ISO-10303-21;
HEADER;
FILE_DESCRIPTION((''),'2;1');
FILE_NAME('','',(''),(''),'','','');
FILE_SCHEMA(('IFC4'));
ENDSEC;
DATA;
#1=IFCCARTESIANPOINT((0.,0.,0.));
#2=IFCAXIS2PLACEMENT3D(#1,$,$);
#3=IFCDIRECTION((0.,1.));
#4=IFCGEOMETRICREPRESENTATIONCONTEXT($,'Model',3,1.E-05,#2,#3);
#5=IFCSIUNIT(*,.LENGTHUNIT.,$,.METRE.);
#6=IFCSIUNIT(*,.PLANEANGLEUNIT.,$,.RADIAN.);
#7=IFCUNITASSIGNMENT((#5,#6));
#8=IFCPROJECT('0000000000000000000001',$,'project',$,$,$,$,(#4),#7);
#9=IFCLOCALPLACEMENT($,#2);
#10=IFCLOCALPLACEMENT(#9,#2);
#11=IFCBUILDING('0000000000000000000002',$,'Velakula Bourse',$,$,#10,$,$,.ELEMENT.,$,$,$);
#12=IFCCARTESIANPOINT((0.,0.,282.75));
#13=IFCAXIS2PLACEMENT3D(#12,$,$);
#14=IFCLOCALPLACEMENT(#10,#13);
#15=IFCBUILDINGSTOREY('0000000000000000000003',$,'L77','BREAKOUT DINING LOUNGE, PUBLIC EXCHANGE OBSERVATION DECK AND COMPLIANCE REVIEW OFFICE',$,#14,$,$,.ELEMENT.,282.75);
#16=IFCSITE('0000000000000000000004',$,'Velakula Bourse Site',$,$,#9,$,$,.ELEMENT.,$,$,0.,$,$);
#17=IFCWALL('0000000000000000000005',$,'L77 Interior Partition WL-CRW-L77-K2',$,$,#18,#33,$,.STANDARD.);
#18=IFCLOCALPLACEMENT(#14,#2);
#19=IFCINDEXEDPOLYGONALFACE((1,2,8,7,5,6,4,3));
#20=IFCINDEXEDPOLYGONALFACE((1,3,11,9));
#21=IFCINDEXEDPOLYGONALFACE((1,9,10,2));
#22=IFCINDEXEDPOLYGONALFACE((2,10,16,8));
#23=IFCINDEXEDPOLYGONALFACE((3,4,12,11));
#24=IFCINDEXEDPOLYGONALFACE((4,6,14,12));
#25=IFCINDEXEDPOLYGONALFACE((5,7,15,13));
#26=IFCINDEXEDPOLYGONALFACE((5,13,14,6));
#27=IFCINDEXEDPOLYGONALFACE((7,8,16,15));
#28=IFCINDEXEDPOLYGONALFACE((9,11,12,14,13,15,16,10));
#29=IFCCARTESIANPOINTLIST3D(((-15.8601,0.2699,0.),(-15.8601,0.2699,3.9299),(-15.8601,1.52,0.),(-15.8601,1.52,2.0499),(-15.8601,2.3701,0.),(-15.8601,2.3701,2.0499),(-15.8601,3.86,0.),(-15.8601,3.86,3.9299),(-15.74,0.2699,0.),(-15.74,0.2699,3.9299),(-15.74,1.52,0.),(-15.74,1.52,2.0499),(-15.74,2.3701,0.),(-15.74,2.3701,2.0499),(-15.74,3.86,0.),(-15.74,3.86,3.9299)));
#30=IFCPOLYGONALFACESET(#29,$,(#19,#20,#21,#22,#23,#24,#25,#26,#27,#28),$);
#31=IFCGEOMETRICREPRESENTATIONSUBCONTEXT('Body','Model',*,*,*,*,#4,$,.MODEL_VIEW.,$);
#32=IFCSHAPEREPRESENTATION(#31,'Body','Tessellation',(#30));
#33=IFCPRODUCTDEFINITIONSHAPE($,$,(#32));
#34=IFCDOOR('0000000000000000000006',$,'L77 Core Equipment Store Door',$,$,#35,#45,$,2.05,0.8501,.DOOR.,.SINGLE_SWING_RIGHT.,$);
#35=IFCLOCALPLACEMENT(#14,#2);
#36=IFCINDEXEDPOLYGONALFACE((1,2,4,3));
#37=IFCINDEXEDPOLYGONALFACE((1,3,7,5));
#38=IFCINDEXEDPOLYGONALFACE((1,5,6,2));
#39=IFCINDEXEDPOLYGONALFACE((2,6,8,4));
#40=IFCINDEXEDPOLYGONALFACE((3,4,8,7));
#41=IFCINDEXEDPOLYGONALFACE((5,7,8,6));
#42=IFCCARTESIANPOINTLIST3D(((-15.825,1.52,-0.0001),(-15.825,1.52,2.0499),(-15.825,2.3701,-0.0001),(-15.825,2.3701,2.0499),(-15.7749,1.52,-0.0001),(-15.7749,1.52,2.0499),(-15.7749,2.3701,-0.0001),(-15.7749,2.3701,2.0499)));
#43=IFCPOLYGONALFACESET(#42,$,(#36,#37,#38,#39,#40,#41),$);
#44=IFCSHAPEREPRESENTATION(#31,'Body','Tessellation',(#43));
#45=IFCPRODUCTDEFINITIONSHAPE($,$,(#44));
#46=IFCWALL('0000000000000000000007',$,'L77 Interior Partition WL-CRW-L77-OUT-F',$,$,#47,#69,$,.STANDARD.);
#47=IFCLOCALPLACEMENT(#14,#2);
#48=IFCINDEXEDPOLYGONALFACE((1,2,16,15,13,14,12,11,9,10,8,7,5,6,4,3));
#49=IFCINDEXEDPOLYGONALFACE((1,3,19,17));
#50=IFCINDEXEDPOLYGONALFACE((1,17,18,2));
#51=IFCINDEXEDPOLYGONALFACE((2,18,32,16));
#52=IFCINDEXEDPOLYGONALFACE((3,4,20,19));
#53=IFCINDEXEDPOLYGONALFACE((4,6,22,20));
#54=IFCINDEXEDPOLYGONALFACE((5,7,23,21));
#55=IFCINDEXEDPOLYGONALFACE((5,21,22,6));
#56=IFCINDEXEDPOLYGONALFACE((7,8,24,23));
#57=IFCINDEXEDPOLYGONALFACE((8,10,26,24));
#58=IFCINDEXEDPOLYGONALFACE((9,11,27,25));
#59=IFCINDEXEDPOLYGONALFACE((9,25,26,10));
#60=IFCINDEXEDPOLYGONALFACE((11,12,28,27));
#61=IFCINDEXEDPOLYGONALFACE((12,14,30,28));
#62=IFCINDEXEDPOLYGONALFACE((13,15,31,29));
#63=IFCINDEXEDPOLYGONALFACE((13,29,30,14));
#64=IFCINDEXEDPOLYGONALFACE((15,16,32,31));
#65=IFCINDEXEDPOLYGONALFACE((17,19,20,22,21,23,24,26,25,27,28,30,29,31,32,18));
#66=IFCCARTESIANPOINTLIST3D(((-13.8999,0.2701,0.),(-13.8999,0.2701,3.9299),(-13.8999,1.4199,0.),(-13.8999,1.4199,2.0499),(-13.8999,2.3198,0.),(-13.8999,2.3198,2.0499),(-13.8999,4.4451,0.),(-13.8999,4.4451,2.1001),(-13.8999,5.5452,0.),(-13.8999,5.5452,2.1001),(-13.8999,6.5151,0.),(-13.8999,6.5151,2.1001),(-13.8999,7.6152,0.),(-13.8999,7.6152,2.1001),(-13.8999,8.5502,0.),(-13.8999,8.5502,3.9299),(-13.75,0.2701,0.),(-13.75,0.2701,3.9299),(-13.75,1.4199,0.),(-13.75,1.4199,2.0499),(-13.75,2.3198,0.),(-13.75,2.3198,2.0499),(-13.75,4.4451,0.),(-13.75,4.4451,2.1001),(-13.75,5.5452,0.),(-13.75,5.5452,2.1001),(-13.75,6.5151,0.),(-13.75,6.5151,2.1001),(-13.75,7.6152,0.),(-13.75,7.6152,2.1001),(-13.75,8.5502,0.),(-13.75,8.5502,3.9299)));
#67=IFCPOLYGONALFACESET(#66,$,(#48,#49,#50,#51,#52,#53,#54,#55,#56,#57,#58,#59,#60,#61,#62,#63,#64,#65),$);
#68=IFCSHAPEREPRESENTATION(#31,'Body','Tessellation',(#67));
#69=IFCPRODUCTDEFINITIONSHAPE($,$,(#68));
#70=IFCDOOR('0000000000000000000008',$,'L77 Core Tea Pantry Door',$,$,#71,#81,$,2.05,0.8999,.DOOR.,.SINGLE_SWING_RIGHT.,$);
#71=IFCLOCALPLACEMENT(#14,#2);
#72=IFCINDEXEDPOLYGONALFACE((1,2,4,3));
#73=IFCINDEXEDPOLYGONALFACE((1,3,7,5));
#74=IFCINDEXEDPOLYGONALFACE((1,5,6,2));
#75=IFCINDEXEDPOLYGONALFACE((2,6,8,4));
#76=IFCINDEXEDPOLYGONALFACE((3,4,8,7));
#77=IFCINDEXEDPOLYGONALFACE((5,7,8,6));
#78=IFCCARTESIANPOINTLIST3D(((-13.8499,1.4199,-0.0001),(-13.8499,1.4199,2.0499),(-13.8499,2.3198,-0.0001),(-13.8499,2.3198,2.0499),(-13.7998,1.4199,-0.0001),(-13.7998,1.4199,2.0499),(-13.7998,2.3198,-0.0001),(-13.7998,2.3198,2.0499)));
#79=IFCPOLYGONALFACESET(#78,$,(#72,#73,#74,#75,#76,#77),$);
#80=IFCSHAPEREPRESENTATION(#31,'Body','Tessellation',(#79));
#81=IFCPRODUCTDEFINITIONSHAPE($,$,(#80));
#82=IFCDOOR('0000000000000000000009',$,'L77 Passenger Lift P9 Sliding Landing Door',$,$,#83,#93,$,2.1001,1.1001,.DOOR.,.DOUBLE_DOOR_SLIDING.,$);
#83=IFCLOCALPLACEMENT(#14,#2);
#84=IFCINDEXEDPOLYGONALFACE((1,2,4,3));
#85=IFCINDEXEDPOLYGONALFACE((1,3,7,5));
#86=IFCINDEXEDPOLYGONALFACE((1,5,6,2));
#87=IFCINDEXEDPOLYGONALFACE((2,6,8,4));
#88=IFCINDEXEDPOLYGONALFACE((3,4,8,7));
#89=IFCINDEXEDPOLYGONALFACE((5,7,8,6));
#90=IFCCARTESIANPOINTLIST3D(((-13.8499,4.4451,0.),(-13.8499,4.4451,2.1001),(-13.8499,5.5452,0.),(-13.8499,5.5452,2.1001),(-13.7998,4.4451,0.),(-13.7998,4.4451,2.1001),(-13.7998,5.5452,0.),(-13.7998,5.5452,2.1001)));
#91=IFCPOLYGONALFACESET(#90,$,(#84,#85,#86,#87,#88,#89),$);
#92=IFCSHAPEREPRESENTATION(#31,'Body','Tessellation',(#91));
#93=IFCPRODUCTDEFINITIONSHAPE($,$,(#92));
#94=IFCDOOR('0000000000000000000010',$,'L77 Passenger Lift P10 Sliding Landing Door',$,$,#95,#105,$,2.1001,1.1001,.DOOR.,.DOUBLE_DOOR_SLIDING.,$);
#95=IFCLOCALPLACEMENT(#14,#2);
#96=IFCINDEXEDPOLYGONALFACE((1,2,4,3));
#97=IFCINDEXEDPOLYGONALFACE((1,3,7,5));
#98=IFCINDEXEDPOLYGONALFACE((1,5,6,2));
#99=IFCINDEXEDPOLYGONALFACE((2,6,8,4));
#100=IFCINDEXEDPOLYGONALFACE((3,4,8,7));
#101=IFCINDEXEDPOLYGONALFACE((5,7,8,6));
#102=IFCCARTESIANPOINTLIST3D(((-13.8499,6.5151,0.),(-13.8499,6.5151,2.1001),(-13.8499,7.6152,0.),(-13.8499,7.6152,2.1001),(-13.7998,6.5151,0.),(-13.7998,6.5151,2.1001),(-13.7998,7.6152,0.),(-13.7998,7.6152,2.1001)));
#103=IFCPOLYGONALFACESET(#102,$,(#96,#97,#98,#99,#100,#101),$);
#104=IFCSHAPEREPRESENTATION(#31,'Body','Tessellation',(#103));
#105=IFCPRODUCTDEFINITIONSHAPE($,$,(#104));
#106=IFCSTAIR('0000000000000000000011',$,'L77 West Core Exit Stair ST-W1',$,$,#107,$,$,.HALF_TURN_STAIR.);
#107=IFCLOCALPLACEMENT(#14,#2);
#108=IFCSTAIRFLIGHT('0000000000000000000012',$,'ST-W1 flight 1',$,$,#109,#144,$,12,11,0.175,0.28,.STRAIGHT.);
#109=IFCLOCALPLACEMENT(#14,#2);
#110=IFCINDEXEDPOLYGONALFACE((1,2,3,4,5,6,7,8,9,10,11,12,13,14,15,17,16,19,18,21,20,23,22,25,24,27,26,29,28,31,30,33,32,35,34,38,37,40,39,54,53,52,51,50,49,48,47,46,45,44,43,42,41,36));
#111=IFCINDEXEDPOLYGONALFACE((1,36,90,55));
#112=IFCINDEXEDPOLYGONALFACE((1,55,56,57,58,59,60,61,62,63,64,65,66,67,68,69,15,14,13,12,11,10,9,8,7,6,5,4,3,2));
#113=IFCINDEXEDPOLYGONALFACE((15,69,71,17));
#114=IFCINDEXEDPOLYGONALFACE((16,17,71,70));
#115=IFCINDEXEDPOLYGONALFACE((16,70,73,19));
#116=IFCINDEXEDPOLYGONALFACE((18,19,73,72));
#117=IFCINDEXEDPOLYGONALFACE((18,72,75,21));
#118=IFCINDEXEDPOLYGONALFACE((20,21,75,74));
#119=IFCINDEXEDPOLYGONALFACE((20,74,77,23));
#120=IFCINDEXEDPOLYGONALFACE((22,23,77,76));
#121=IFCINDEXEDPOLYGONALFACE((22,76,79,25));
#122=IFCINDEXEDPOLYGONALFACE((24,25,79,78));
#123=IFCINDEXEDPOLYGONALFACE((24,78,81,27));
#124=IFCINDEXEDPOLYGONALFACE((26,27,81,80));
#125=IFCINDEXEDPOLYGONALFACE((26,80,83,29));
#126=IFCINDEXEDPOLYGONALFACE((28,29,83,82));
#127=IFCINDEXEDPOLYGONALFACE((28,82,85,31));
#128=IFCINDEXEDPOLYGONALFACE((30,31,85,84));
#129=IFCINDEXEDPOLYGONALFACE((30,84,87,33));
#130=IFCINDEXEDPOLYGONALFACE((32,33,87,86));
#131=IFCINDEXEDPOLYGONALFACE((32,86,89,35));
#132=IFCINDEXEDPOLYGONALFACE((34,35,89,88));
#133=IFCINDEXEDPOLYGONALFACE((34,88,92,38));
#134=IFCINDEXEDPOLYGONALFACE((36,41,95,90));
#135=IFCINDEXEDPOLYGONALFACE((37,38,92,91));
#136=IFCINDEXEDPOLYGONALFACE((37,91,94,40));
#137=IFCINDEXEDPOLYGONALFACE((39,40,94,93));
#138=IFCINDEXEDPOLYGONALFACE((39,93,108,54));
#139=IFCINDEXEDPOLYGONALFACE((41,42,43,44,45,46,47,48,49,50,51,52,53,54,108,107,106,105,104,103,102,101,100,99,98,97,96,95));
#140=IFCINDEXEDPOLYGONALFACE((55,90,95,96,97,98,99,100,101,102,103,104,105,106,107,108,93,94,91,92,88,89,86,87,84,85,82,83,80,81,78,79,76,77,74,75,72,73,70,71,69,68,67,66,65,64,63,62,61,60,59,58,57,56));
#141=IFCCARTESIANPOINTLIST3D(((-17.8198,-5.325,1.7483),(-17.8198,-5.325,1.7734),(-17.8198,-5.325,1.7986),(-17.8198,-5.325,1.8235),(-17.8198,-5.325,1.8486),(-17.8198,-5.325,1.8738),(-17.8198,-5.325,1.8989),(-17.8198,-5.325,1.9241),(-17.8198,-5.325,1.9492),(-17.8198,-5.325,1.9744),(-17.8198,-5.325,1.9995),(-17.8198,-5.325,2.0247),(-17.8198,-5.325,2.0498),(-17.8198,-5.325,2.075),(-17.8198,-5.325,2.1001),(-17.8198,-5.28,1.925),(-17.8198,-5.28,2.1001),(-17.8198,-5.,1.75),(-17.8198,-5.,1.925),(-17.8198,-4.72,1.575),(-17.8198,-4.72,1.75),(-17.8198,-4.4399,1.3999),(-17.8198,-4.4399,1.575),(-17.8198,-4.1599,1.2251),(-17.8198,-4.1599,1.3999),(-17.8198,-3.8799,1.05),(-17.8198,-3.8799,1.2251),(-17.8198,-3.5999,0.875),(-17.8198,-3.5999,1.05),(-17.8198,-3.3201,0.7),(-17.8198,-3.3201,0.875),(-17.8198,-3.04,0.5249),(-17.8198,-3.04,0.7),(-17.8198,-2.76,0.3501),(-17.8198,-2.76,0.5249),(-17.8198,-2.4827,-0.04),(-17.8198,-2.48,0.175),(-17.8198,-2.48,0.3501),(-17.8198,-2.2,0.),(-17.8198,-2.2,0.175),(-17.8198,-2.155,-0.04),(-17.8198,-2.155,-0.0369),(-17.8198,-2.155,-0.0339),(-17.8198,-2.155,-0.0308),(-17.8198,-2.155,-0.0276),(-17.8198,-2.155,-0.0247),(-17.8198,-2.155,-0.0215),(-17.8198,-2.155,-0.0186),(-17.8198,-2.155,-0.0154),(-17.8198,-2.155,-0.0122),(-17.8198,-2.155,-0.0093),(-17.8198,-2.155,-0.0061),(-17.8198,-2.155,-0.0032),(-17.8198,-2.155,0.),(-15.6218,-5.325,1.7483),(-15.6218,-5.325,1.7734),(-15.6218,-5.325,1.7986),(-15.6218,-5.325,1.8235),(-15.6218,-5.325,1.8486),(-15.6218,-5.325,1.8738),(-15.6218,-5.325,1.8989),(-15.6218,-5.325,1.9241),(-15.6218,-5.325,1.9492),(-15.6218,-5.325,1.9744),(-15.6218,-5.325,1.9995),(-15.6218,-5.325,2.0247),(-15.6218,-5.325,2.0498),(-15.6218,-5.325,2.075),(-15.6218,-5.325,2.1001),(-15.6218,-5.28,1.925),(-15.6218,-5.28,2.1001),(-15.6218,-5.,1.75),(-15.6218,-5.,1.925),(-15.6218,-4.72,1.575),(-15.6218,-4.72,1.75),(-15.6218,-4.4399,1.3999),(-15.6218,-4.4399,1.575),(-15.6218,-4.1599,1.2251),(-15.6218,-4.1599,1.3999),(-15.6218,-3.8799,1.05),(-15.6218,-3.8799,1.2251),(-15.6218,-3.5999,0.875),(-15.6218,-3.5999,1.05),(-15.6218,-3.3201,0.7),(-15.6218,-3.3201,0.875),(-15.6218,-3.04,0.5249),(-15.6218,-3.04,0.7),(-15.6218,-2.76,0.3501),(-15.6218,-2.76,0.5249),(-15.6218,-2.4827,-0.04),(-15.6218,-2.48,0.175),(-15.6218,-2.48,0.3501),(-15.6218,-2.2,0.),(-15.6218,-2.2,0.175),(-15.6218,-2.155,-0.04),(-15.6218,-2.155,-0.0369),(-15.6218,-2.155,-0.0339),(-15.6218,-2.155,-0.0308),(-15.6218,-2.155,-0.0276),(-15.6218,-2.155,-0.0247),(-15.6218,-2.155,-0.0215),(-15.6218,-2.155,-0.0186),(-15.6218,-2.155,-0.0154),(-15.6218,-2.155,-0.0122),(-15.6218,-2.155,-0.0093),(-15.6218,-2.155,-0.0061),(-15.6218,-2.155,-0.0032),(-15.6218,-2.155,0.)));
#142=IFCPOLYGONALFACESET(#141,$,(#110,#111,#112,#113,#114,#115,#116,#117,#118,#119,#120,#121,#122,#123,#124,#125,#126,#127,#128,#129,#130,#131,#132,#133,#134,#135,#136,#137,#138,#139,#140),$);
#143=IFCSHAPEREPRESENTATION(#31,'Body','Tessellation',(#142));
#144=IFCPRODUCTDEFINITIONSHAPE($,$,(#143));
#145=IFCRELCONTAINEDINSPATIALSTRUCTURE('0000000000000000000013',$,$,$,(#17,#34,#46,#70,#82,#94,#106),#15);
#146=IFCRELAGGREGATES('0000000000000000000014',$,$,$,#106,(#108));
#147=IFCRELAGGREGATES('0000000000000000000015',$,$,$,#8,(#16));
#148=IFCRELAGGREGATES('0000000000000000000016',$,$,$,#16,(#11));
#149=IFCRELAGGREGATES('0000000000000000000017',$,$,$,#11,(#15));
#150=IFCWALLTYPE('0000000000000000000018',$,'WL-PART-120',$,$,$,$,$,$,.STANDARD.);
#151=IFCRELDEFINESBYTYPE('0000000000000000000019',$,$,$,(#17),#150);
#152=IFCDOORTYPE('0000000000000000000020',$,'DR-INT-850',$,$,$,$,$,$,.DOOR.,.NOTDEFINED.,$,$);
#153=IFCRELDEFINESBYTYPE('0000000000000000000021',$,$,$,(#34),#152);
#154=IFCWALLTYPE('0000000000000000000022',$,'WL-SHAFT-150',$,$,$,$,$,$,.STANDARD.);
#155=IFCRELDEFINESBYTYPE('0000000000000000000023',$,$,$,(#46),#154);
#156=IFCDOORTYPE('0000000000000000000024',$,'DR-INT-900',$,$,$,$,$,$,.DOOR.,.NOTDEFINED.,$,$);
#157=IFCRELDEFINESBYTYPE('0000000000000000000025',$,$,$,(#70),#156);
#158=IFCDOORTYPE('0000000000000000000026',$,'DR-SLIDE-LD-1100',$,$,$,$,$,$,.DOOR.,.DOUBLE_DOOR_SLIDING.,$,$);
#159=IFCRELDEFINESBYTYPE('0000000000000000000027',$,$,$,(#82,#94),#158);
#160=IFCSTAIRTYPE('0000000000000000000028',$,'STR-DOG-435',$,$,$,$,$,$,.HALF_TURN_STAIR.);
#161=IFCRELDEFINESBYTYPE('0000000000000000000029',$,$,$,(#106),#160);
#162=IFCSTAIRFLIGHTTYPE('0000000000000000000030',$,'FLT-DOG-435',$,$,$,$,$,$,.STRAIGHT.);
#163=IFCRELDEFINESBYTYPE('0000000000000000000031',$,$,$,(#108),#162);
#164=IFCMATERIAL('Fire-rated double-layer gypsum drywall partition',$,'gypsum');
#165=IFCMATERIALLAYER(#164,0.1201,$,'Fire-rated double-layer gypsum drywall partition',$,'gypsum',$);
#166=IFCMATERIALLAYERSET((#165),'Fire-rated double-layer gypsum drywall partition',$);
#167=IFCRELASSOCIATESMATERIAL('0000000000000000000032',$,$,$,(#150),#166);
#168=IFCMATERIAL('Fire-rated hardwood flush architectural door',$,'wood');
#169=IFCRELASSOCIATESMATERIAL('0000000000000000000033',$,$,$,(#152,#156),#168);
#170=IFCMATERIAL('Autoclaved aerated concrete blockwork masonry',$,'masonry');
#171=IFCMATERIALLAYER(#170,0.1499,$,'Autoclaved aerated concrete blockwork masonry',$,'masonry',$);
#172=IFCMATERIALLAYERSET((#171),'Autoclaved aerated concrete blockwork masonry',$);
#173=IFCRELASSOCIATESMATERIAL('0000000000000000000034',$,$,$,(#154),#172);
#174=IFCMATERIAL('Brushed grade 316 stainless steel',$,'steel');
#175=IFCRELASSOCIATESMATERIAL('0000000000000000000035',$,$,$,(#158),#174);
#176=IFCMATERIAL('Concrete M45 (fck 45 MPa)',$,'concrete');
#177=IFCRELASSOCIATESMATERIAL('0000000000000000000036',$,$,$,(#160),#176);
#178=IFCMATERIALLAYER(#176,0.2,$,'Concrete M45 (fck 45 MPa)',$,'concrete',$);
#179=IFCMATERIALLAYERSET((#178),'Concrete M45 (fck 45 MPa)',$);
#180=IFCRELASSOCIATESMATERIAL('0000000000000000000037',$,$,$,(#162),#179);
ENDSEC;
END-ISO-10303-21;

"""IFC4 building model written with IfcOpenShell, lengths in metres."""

from ifc_helpers import new_model, si_unit, direction, frame, frame_2d, origin, place, context, subcontext, project, spatial, polyline, rectangle, outline, extrude, material, layer, layer_set, type_object, element, fill, aggregate, save


model = new_model("IFC4")

# Units and contexts
model_context = context("Model", 3, precision=1e-05, world=origin(), true_north=direction((0.0, 1.0)))
body_context = subcontext(model_context, "Body", "Model", "MODEL_VIEW")
ifc_project = project(units=[si_unit("LENGTHUNIT", "METRE"), si_unit("PLANEANGLEUNIT", "RADIAN")], contexts=[model_context])

# Site, building, storey
site_placement = place(None, origin())
site = spatial("IfcSite", under=ifc_project, at=site_placement, Name="Velakula Bourse Site", CompositionType="ELEMENT", RefElevation=0.0)
building_placement = place(site_placement, origin())
building = spatial("IfcBuilding", under=site, at=building_placement, Name="Velakula Bourse", CompositionType="ELEMENT")
storey_placement = place(building_placement, frame((0.0, 0.0, 282.75)))
storey = spatial("IfcBuildingStorey", under=building, at=storey_placement, Name="L77", Description="BREAKOUT DINING LOUNGE, PUBLIC EXCHANGE OBSERVATION DECK AND COMPLIANCE REVIEW OFFICE", CompositionType="ELEMENT", Elevation=282.75)

# Shared definitions
ifc_material_1 = material(Name="Fire-rated double-layer gypsum drywall partition", Category="gypsum")
ifc_layer_1 = layer(ifc_material_1, 0.1201, Name="Fire-rated double-layer gypsum drywall partition", Category="gypsum")
ifc_layer_set_1 = layer_set([ifc_layer_1], Name="Fire-rated double-layer gypsum drywall partition")
wall_type_1 = type_object("IfcWallType", Name="WL-PART-120", PredefinedType="STANDARD", material=ifc_layer_set_1)
ifc_material_2 = material(Name="Fire-rated hardwood flush architectural door", Category="wood")

# Wall, opening, door
wall_1_placement = place(storey_placement, frame((-15.8, 0.27, 0.0), z_axis=(0.0, 0.0, 1.0), x_axis=(0.0, 1.0, 0.0)))
wall_1 = element("IfcWall", 1, at=wall_1_placement, inside=storey, type_object=wall_type_1, Name="L77 Interior Partition WL-CRW-L77-K2", PredefinedType="STANDARD", context=body_context, shape_type="SweptSolid", body=[
    extrude(rectangle(XDim=3.5901, YDim=0.1201, at=frame_2d((1.7949, 0.0))), origin(), (0.0, 0.0, 1.0), 3.9299),
])
opening_1_placement = place(wall_1_placement, frame((1.25, 0.0, 0.0)))
opening_1 = element("IfcOpeningElement", 2, at=opening_1_placement, cuts=wall_1, PredefinedType="OPENING", context=body_context, shape_type="SweptSolid", body=[
    extrude(rectangle(XDim=0.8501, YDim=2.05, at=frame_2d((0.425, 1.0249))), frame((0.0, 0.0701, 0.0), z_axis=(0.0, -1.0, 0.0), x_axis=(1.0, 0.0, 0.0)), (0.0, 0.0, 1.0), 0.1401),
])
door_type_1 = type_object("IfcDoorType", Name="DR-INT-850", OperationType="NOTDEFINED", PredefinedType="DOOR", material=ifc_material_2)
door_1_placement = place(opening_1_placement, origin())
door_1 = element("IfcDoor", 3, at=door_1_placement, inside=storey, type_object=door_type_1, Name="L77 Core Equipment Store Door", OperationType="SINGLE_SWING_RIGHT", OverallHeight=2.05, OverallWidth=0.8501, PredefinedType="DOOR", context=body_context, shape_type="SweptSolid", body=[
    extrude(rectangle(XDim=0.8501, YDim=2.05, at=frame_2d((0.425, 1.0249))), frame((0.0, 0.0249, 0.0), z_axis=(0.0, -1.0, 0.0), x_axis=(1.0, 0.0, 0.0)), (0.0, 0.0, 1.0), 0.05),
])
fill(opening_1, door_1)

# Wall, openings, doors
ifc_material_3 = material(Name="Autoclaved aerated concrete blockwork masonry", Category="masonry")
ifc_layer_2 = layer(ifc_material_3, 0.1499, Name="Autoclaved aerated concrete blockwork masonry", Category="masonry")
ifc_layer_set_2 = layer_set([ifc_layer_2], Name="Autoclaved aerated concrete blockwork masonry")
wall_type_2 = type_object("IfcWallType", Name="WL-SHAFT-150", PredefinedType="STANDARD", material=ifc_layer_set_2)
wall_2_placement = place(storey_placement, frame((-13.825, 0.27, 0.0), z_axis=(0.0, 0.0, 1.0), x_axis=(0.0, 1.0, 0.0)))
wall_2 = element("IfcWall", 4, at=wall_2_placement, inside=storey, type_object=wall_type_2, Name="L77 Interior Partition WL-CRW-L77-OUT-F", PredefinedType="STANDARD", context=body_context, shape_type="SweptSolid", body=[
    extrude(rectangle(XDim=8.28, YDim=0.1499, at=frame_2d((4.1401, 0.0))), origin(), (0.0, 0.0, 1.0), 3.9299),
])
opening_2_placement = place(wall_2_placement, frame((4.175, 0.0, 0.0)))
opening_2 = element("IfcOpeningElement", 5, at=opening_2_placement, cuts=wall_2, PredefinedType="OPENING", context=body_context, shape_type="SweptSolid", body=[
    extrude(rectangle(XDim=1.1001, YDim=2.1001, at=frame_2d((0.55, 1.05))), frame((0.0, 0.085, 0.0), z_axis=(0.0, -1.0, 0.0), x_axis=(1.0, 0.0, 0.0)), (0.0, 0.0, 1.0), 0.1699),
])
opening_3_placement = place(wall_2_placement, frame((6.2451, 0.0, 0.0)))
opening_3 = element("IfcOpeningElement", 6, at=opening_3_placement, cuts=wall_2, PredefinedType="OPENING", context=body_context, shape_type="SweptSolid", body=[
    extrude(rectangle(XDim=1.1001, YDim=2.1001, at=frame_2d((0.55, 1.05))), frame((0.0, 0.085, 0.0), z_axis=(0.0, -1.0, 0.0), x_axis=(1.0, 0.0, 0.0)), (0.0, 0.0, 1.0), 0.1699),
])
opening_4_placement = place(wall_2_placement, frame((1.1499, 0.0, 0.0)))
opening_4 = element("IfcOpeningElement", 7, at=opening_4_placement, cuts=wall_2, PredefinedType="OPENING", context=body_context, shape_type="SweptSolid", body=[
    extrude(rectangle(XDim=0.8999, YDim=2.05, at=frame_2d((0.45, 1.0249))), frame((0.0, 0.085, 0.0), z_axis=(0.0, -1.0, 0.0), x_axis=(1.0, 0.0, 0.0)), (0.0, 0.0, 1.0), 0.1699),
])
door_type_2 = type_object("IfcDoorType", Name="DR-INT-900", OperationType="NOTDEFINED", PredefinedType="DOOR", material=ifc_material_2)
door_2_placement = place(opening_4_placement, origin())
door_2 = element("IfcDoor", 8, at=door_2_placement, inside=storey, type_object=door_type_2, Name="L77 Core Tea Pantry Door", OperationType="SINGLE_SWING_RIGHT", OverallHeight=2.05, OverallWidth=0.8999, PredefinedType="DOOR", context=body_context, shape_type="SweptSolid", body=[
    extrude(rectangle(XDim=0.8999, YDim=2.05, at=frame_2d((0.45, 1.0249))), frame((0.0, 0.0249, 0.0), z_axis=(0.0, -1.0, 0.0), x_axis=(1.0, 0.0, 0.0)), (0.0, 0.0, 1.0), 0.05),
])
fill(opening_4, door_2)
ifc_material_4 = material(Name="Brushed grade 316 stainless steel", Category="steel")
door_type_3 = type_object("IfcDoorType", Name="DR-SLIDE-LD-1100", OperationType="DOUBLE_DOOR_SLIDING", PredefinedType="DOOR", material=ifc_material_4)
door_3_placement = place(opening_2_placement, origin())
door_3 = element("IfcDoor", 9, at=door_3_placement, inside=storey, type_object=door_type_3, Name="L77 Passenger Lift P9 Sliding Landing Door", OperationType="DOUBLE_DOOR_SLIDING", OverallHeight=2.1001, OverallWidth=1.1001, PredefinedType="DOOR", context=body_context, shape_type="SweptSolid", body=[
    extrude(rectangle(XDim=1.1001, YDim=2.1001, at=frame_2d((0.55, 1.05))), frame((0.0, 0.0249, 0.0), z_axis=(0.0, -1.0, 0.0), x_axis=(1.0, 0.0, 0.0)), (0.0, 0.0, 1.0), 0.05),
])
fill(opening_2, door_3)
door_4_placement = place(opening_3_placement, origin())
door_4 = element("IfcDoor", 10, at=door_4_placement, inside=storey, type_object=door_type_3, Name="L77 Passenger Lift P10 Sliding Landing Door", OperationType="DOUBLE_DOOR_SLIDING", OverallHeight=2.1001, OverallWidth=1.1001, PredefinedType="DOOR", context=body_context, shape_type="SweptSolid", body=[
    extrude(rectangle(XDim=1.1001, YDim=2.1001, at=frame_2d((0.55, 1.05))), frame((0.0, 0.0249, 0.0), z_axis=(0.0, -1.0, 0.0), x_axis=(1.0, 0.0, 0.0)), (0.0, 0.0, 1.0), 0.05),
])
fill(opening_3, door_4)

# Stair, stair flight
ifc_material_5 = material(Name="Concrete M45 (fck 45 MPa)", Category="concrete")
stair_type = type_object("IfcStairType", Name="STR-DOG-435", PredefinedType="HALF_TURN_STAIR", material=ifc_material_5)
stair_placement = place(storey_placement, origin())
stair = element("IfcStair", 11, at=stair_placement, inside=storey, type_object=stair_type, Name="L77 West Core Exit Stair ST-W1", PredefinedType="HALF_TURN_STAIR")
ifc_layer_3 = layer(ifc_material_5, 0.2, Name="Concrete M45 (fck 45 MPa)", Category="concrete")
ifc_layer_set_3 = layer_set([ifc_layer_3], Name="Concrete M45 (fck 45 MPa)")
stair_flight_type = type_object("IfcStairFlightType", Name="FLT-DOG-435", PredefinedType="STRAIGHT", material=ifc_layer_set_3)
stair_flight_1_placement = place(storey_placement, frame((-16.7209, -2.2, 0.0), z_axis=(0.0, 0.0, 1.0), x_axis=(0.0, -1.0, 0.0)))
stair_flight_1 = element("IfcStairFlight", 12, at=stair_flight_1_placement, type_object=stair_flight_type, Name="ST-W1 flight 1", NumberOfRisers=12, NumberOfTreads=11, PredefinedType="STRAIGHT", RiserHeight=0.175, TreadLength=0.28, context=body_context, shape_type="SweptSolid", body=[
    extrude(outline(polyline([(-0.0449, -0.04), (-0.0449, -0.0369), (-0.0449, -0.0339), (-0.0449, -0.0308), (-0.0449, -0.0276), (-0.0449, -0.0247), (-0.0449, -0.0215), (-0.0449, -0.0186), (-0.0449, -0.0154), (-0.0449, -0.0122), (-0.0449, -0.0093), (-0.0449, -0.0061), (-0.0449, -0.0032), (-0.0449, 0.0), (0.0, 0.0), (0.0, 0.175), (0.28, 0.175), (0.28, 0.3501), (0.5601, 0.3501), (0.5601, 0.5249), (0.8401, 0.5249), (0.8401, 0.7), (1.1201, 0.7), (1.1201, 0.875), (1.3999, 0.875), (1.3999, 1.05), (1.6799, 1.05), (1.6799, 1.2251), (1.96, 1.2251), (1.96, 1.3999), (2.24, 1.3999), (2.24, 1.575), (2.52, 1.575), (2.52, 1.75), (2.8, 1.75), (2.8, 1.925), (3.0801, 1.925), (3.0801, 2.1001), (3.125, 2.1001), (3.125, 2.075), (3.125, 2.0498), (3.125, 2.0247), (3.125, 1.9995), (3.125, 1.9744), (3.125, 1.9492), (3.125, 1.9241), (3.125, 1.8989), (3.125, 1.8738), (3.125, 1.8486), (3.125, 1.8235), (3.125, 1.7986), (3.125, 1.7734), (3.125, 1.7483), (0.2827, -0.04), (-0.0449, -0.04)])), frame((0.0, 1.0991, 0.0), z_axis=(0.0, -1.0, 0.0), x_axis=(1.0, 0.0, 0.0)), (0.0, 0.0, 1.0), 2.198),
])
aggregate(stair, [stair_flight_1])

save(model, "model.ifc")
